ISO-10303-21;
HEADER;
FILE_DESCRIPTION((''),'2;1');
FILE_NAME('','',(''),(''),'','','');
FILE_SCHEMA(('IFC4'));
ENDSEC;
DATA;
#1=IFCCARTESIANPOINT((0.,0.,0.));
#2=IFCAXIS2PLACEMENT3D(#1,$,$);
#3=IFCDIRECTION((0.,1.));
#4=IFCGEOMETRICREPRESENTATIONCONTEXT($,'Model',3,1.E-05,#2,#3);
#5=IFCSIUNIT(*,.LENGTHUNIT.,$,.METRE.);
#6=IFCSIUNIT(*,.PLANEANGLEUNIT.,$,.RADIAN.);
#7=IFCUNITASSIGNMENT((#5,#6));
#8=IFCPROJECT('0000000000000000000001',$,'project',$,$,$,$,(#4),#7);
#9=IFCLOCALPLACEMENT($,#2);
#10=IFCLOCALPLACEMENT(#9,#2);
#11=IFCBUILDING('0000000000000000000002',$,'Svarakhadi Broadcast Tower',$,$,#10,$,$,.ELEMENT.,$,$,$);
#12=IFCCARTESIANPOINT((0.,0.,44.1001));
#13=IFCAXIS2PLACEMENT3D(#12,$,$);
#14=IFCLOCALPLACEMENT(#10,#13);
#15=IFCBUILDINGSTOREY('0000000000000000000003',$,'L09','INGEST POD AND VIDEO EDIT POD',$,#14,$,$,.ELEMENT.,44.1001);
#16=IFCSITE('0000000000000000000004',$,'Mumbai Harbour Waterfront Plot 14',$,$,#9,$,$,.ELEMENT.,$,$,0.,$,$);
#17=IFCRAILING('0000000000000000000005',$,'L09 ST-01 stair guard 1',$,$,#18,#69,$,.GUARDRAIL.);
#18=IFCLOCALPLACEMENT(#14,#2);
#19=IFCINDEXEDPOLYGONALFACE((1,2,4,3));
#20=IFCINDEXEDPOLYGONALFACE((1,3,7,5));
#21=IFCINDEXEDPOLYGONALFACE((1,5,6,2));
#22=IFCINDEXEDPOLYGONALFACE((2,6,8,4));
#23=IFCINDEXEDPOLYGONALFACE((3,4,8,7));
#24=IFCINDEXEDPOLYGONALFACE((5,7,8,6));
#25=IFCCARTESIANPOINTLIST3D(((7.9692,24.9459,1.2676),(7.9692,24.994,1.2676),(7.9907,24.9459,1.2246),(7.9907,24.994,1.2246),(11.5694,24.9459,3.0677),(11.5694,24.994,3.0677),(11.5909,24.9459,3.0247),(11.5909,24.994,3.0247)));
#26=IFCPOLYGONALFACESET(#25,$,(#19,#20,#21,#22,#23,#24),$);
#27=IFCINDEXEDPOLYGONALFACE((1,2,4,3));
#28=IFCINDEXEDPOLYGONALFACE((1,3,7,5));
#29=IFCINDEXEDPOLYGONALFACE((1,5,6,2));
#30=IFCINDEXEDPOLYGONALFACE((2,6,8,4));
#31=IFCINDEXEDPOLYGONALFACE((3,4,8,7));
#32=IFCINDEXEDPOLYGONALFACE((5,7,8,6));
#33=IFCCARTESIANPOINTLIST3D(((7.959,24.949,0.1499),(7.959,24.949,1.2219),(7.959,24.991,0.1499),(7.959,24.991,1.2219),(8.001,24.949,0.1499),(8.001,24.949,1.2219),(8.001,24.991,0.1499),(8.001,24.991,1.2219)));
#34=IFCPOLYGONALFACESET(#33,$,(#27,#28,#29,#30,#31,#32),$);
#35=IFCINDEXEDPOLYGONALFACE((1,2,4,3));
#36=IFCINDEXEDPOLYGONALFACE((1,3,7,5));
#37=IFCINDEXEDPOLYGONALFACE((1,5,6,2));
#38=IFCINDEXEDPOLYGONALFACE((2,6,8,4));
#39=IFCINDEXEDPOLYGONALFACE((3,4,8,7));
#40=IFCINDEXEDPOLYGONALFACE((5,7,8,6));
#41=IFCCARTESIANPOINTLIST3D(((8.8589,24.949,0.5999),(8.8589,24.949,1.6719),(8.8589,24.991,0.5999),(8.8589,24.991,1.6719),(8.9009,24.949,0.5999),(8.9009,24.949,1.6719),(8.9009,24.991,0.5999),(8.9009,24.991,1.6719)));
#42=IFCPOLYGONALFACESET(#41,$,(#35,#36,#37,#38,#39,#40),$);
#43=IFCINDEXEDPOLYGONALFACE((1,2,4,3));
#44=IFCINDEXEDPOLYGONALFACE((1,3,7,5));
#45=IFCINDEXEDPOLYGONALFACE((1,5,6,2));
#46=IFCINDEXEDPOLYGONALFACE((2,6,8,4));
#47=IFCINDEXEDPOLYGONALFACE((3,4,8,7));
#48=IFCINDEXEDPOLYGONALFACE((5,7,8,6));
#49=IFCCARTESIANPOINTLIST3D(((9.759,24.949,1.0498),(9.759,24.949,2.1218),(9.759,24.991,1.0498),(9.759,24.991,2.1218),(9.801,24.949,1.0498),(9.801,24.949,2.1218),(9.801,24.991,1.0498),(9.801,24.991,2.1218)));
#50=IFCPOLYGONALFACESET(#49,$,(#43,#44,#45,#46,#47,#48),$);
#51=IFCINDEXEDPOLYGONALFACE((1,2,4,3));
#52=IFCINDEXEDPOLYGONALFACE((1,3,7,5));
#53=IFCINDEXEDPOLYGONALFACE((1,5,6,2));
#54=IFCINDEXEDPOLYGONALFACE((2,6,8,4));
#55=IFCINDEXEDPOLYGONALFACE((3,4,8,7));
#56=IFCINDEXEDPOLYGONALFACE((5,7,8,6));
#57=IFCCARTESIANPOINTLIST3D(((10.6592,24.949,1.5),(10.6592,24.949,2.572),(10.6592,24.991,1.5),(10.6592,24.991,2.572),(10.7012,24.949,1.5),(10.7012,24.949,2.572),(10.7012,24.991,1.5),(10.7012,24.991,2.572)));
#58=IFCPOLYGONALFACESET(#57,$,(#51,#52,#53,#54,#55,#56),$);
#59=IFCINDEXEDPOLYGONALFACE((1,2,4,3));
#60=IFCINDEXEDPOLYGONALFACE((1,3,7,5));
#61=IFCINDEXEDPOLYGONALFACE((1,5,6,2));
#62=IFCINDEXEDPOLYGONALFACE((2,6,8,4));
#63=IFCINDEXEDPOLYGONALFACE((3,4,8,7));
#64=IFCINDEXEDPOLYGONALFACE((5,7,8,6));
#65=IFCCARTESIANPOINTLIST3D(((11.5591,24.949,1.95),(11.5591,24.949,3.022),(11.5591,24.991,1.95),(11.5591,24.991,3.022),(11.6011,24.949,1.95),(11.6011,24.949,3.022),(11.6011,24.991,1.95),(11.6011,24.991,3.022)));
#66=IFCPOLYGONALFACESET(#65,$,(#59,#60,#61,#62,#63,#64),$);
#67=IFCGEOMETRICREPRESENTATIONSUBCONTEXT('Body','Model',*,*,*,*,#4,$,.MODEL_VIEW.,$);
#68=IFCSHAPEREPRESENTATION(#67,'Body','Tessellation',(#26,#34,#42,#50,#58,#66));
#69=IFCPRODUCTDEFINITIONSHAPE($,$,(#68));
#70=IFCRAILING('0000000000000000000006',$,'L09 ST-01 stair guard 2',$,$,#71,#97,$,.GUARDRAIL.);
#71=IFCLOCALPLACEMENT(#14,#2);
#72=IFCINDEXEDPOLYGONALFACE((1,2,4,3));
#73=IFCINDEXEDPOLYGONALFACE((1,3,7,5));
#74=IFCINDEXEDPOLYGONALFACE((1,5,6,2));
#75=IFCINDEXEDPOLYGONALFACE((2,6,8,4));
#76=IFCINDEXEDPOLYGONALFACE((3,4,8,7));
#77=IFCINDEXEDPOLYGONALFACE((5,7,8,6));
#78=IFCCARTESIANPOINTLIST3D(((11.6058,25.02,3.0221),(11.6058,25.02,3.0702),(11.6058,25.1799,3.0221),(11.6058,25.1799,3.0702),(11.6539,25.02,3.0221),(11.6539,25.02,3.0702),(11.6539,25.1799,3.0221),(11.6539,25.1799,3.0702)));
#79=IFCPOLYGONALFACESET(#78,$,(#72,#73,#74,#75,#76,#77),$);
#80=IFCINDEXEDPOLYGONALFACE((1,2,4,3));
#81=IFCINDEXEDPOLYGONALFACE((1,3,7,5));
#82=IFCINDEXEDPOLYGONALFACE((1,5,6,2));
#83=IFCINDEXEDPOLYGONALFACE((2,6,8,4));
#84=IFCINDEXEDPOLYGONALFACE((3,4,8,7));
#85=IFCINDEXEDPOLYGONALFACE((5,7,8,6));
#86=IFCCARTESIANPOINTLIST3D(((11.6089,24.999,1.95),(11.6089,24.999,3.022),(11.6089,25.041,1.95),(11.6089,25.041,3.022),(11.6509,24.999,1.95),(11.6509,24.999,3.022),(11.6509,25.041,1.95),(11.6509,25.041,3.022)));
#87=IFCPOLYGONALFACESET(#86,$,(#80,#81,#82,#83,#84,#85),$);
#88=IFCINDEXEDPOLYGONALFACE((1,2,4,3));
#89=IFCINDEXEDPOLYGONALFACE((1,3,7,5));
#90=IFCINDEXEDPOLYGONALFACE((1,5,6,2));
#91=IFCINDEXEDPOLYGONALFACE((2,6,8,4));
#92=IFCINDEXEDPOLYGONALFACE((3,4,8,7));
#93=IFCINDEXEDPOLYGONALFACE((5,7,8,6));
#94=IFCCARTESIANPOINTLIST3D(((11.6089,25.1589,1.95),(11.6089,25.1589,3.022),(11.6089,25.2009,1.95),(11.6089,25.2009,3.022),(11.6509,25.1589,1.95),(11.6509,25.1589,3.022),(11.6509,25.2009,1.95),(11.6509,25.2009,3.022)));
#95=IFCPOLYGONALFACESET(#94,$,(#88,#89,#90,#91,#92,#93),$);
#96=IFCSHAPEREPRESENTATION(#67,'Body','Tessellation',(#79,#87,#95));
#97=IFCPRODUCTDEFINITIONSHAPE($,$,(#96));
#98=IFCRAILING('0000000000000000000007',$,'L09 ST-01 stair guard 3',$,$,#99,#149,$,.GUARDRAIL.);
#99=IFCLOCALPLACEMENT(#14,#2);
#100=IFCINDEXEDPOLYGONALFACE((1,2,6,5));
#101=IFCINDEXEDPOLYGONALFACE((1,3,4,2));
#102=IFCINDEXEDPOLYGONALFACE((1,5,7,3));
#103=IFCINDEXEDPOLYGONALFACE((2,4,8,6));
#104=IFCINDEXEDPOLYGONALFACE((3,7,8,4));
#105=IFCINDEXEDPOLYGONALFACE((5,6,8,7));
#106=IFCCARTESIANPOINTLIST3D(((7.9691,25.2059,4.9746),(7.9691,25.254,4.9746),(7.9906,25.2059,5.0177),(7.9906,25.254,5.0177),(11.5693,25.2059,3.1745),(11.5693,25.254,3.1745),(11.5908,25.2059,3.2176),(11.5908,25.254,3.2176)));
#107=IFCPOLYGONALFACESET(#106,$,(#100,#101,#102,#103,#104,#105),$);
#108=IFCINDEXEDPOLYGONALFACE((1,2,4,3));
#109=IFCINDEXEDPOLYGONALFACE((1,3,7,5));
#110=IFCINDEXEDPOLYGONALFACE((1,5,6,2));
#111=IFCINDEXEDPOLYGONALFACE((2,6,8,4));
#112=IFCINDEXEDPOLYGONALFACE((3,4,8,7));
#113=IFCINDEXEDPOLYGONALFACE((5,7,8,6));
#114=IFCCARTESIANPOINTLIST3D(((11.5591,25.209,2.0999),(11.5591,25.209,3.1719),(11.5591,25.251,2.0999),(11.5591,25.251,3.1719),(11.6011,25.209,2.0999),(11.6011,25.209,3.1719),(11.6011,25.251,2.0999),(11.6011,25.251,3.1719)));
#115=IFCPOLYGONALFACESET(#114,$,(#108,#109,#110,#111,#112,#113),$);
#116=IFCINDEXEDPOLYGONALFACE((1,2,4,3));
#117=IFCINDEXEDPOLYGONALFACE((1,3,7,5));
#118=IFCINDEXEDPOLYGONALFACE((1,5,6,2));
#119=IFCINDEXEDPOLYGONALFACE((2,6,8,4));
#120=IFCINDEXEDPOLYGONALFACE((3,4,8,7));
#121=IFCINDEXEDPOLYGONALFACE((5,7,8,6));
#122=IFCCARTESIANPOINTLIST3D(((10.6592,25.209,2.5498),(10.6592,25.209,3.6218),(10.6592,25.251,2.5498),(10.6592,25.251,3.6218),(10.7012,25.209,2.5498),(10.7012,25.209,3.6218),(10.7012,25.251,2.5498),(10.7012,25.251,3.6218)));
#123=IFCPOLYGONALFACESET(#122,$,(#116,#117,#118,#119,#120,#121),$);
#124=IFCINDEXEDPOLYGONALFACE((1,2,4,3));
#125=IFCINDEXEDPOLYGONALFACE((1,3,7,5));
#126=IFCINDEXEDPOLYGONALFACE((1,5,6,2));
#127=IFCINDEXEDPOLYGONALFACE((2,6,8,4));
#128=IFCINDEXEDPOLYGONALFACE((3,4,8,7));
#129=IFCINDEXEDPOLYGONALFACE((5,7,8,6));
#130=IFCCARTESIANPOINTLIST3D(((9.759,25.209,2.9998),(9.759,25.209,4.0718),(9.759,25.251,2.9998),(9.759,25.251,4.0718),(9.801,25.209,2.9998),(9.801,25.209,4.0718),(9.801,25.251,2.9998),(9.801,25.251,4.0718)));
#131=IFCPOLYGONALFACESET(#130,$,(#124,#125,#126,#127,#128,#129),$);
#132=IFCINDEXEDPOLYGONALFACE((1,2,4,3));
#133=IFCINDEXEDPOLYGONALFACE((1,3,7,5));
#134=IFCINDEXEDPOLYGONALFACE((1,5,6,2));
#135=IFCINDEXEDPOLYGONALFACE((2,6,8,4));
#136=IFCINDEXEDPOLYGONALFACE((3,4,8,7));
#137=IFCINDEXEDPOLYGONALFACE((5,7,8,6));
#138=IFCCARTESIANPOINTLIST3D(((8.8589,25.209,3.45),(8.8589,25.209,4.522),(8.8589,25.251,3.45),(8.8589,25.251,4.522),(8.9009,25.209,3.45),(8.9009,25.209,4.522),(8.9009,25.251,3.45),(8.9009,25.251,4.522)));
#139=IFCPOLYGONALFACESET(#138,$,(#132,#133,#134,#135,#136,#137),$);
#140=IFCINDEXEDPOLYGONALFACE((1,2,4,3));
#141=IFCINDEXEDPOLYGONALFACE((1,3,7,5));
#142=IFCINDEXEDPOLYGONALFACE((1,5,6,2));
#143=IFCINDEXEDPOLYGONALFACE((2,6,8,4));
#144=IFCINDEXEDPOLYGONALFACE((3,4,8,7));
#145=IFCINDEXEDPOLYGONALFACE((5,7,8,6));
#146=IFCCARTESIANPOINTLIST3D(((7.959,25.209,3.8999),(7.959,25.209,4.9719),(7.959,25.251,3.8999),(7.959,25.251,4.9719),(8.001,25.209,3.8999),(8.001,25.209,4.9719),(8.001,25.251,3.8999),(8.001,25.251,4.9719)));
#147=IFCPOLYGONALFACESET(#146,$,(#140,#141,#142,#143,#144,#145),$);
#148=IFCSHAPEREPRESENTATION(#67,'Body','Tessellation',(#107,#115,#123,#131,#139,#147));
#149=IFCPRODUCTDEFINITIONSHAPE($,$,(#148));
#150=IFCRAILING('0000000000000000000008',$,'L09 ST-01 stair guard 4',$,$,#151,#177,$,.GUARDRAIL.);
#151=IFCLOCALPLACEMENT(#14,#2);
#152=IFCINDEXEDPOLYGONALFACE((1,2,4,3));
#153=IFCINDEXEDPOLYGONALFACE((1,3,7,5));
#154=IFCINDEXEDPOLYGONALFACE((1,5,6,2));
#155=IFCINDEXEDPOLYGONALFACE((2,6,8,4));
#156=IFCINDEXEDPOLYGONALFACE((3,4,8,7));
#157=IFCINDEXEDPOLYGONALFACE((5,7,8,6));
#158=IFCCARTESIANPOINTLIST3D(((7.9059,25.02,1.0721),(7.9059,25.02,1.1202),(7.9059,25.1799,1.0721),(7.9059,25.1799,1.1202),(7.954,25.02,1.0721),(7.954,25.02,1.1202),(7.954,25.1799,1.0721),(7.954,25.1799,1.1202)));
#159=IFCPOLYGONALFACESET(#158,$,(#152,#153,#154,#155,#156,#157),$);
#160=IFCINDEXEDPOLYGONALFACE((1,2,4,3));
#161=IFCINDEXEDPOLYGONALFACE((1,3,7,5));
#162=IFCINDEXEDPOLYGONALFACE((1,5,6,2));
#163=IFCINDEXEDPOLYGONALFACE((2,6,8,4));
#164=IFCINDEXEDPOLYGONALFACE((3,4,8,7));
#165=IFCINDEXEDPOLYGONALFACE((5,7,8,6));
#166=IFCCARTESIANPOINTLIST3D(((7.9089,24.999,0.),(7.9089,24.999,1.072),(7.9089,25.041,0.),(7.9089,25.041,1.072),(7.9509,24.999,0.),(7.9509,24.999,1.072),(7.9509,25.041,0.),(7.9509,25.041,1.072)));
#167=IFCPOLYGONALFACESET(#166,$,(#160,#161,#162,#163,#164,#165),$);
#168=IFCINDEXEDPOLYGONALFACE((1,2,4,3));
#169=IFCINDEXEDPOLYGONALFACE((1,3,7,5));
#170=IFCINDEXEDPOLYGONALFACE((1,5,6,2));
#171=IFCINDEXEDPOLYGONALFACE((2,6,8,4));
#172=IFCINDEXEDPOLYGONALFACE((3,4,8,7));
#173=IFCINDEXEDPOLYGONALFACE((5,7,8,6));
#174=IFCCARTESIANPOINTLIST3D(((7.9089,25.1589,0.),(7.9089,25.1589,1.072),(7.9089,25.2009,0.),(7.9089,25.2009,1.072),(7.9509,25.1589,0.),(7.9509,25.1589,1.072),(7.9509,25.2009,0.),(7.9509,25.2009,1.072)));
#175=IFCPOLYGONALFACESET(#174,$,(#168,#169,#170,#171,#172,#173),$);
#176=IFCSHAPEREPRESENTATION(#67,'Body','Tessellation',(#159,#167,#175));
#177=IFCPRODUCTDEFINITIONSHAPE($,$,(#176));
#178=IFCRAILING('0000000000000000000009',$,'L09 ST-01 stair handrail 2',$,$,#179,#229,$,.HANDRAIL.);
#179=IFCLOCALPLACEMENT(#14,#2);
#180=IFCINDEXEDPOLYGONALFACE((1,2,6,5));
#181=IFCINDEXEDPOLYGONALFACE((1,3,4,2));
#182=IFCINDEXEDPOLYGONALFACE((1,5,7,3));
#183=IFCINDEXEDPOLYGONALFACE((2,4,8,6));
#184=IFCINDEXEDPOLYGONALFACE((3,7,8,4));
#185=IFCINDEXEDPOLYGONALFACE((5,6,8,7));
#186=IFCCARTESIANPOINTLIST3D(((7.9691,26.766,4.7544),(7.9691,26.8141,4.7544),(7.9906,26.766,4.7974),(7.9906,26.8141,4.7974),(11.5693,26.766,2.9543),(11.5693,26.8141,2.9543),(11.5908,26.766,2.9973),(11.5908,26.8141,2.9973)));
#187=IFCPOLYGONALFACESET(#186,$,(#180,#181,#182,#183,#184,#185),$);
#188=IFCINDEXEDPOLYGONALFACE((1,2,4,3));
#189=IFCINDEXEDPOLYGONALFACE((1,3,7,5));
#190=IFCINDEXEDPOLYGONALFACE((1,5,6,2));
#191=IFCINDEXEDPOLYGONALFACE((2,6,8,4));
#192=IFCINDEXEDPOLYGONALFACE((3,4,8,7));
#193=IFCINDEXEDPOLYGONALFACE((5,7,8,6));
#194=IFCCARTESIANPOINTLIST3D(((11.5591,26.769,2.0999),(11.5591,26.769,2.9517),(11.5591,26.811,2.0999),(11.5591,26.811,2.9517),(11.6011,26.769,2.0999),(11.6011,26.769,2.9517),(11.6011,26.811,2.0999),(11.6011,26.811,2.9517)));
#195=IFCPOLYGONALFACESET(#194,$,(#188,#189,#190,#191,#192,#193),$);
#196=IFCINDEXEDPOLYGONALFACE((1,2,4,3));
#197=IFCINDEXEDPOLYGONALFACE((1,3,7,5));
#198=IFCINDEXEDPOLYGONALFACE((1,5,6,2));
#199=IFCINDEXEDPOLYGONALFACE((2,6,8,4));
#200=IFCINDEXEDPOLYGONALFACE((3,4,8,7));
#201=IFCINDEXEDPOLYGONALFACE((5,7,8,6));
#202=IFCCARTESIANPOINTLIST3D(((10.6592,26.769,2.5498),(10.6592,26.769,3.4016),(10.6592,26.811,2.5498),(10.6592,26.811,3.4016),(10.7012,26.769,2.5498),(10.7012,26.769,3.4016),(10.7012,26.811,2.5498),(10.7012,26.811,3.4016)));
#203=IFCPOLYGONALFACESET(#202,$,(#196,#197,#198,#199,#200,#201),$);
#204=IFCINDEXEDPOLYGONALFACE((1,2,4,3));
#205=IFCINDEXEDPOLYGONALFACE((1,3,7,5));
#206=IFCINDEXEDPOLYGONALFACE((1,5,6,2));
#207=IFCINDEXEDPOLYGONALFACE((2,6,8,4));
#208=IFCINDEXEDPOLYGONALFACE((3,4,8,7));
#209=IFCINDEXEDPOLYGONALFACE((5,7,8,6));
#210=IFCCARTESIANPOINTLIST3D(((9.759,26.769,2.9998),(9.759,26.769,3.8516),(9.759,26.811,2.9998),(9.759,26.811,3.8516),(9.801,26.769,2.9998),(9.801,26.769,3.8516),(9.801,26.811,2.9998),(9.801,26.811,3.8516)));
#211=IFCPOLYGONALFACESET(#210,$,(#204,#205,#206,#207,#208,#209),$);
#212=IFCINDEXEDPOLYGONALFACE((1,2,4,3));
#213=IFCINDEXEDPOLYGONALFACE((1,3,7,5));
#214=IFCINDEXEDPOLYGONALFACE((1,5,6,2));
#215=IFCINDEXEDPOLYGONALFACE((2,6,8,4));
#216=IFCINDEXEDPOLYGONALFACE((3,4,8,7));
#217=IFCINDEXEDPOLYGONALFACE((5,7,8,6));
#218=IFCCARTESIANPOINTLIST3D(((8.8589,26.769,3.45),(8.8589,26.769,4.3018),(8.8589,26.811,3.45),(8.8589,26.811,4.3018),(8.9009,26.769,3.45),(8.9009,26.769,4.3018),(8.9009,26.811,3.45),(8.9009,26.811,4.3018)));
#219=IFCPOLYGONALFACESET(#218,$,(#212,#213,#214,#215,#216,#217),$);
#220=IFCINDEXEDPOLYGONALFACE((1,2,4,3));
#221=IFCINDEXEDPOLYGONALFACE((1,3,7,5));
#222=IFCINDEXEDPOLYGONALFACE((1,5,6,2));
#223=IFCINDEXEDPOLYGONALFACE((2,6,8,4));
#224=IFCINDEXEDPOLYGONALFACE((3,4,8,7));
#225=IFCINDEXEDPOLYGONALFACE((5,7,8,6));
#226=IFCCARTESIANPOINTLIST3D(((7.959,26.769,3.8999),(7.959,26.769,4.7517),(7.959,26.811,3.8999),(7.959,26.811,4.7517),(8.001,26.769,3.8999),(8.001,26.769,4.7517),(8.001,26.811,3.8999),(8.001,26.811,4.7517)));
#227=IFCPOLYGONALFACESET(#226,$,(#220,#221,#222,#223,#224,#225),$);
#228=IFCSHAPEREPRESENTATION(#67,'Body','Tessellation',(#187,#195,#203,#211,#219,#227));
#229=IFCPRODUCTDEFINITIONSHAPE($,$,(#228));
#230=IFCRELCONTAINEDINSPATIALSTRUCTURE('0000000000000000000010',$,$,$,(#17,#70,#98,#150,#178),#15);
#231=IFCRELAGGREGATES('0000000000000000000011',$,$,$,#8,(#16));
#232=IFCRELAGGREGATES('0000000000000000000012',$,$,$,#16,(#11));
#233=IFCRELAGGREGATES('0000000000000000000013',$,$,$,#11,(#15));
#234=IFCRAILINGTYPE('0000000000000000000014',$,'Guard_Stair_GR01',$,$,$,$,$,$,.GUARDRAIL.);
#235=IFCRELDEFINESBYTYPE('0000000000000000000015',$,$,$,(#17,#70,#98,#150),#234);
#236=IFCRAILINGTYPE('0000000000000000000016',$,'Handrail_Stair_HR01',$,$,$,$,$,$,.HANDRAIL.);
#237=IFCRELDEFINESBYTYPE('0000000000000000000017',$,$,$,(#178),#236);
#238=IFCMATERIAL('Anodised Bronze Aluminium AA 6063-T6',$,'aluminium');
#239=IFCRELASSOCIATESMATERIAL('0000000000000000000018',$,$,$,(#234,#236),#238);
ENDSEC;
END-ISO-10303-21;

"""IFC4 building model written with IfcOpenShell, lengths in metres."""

from ifc_helpers import new_model, si_unit, direction, frame, origin, origin_2d, place, context, subcontext, project, spatial, rectangle, extrude, material, type_object, element, save


model = new_model("IFC4")

# Units and contexts
model_context = context("Model", 3, precision=1e-05, world=origin(), true_north=direction((0.0, 1.0)))
body_context = subcontext(model_context, "Body", "Model", "MODEL_VIEW")
ifc_project = project(units=[si_unit("LENGTHUNIT", "METRE"), si_unit("PLANEANGLEUNIT", "RADIAN")], contexts=[model_context])

# Site, building, storey
site_placement = place(None, origin())
site = spatial("IfcSite", under=ifc_project, at=site_placement, Name="Mumbai Harbour Waterfront Plot 14", CompositionType="ELEMENT", RefElevation=0.0)
building_placement = place(site_placement, origin())
building = spatial("IfcBuilding", under=site, at=building_placement, Name="Svarakhadi Broadcast Tower", CompositionType="ELEMENT")
storey_placement = place(building_placement, frame((0.0, 0.0, 44.1001)))
storey = spatial("IfcBuildingStorey", under=building, at=storey_placement, Name="L09", Description="INGEST POD AND VIDEO EDIT POD", CompositionType="ELEMENT", Elevation=44.1001)

# Railings
ifc_material_1 = material(Name="Anodised Bronze Aluminium AA 6063-T6", Category="aluminium")
railing_type_1 = type_object("IfcRailingType", Name="Guard_Stair_GR01", PredefinedType="GUARDRAIL", material=ifc_material_1)
railing_1_placement = place(storey_placement, frame((7.98, 24.97, 0.1499)))
element("IfcRailing", 1, at=railing_1_placement, inside=storey, type_object=railing_type_1, Name="L09 ST-01 stair guard 1", PredefinedType="GUARDRAIL", context=body_context, shape_type="SweptSolid", body=[
    extrude(rectangle(XDim=0.0481, YDim=0.0481, at=origin_2d()), frame((0.0, 0.0, 1.0962), z_axis=(0.894427, 0.0, 0.447214), x_axis=(0.0, 1.0, 0.0)), (0.0, 0.0, 1.0), 4.0251),
    extrude(rectangle(XDim=0.042, YDim=0.042, at=origin_2d()), origin(), (0.0, 0.0, 1.0), 1.072),
    extrude(rectangle(XDim=0.042, YDim=0.042, at=origin_2d()), frame((0.8999, 0.0, 0.45)), (0.0, 0.0, 1.0), 1.072),
    extrude(rectangle(XDim=0.042, YDim=0.042, at=origin_2d()), frame((1.8, 0.0, 0.8999)), (0.0, 0.0, 1.0), 1.072),
    extrude(rectangle(XDim=0.042, YDim=0.042, at=origin_2d()), frame((2.7002, 0.0, 1.3501)), (0.0, 0.0, 1.0), 1.072),
    extrude(rectangle(XDim=0.042, YDim=0.042, at=origin_2d()), frame((3.6001, 0.0, 1.8)), (0.0, 0.0, 1.0), 1.072),
])
railing_2_placement = place(storey_placement, frame((11.6299, 25.02, 1.95)))
element("IfcRailing", 2, at=railing_2_placement, inside=storey, type_object=railing_type_1, Name="L09 ST-01 stair guard 2", PredefinedType="GUARDRAIL", context=body_context, shape_type="SweptSolid", body=[
    extrude(rectangle(XDim=0.0481, YDim=0.0481, at=origin_2d()), frame((0.0, 0.0, 1.0962), z_axis=(0.0, 1.0, 0.0), x_axis=(-1.0, 0.0, 0.0)), (0.0, 0.0, 1.0), 0.1599),
    extrude(rectangle(XDim=0.042, YDim=0.042, at=origin_2d()), origin(), (0.0, 0.0, 1.0), 1.072),
    extrude(rectangle(XDim=0.042, YDim=0.042, at=origin_2d()), frame((0.0, 0.1599, 0.0)), (0.0, 0.0, 1.0), 1.072),
])
railing_3_placement = place(storey_placement, frame((11.5801, 25.23, 2.0999)))
element("IfcRailing", 3, at=railing_3_placement, inside=storey, type_object=railing_type_1, Name="L09 ST-01 stair guard 3", PredefinedType="GUARDRAIL", context=body_context, shape_type="SweptSolid", body=[
    extrude(rectangle(XDim=0.0481, YDim=0.0481, at=origin_2d()), frame((0.0, 0.0, 1.0962), z_axis=(-0.894427, 0.0, 0.447214), x_axis=(0.0, -1.0, 0.0)), (0.0, 0.0, 1.0), 4.0251),
    extrude(rectangle(XDim=0.042, YDim=0.042, at=origin_2d()), origin(), (0.0, 0.0, 1.0), 1.072),
    extrude(rectangle(XDim=0.042, YDim=0.042, at=origin_2d()), frame((-0.8999, 0.0, 0.45)), (0.0, 0.0, 1.0), 1.072),
    extrude(rectangle(XDim=0.042, YDim=0.042, at=origin_2d()), frame((-1.8, 0.0, 0.8999)), (0.0, 0.0, 1.0), 1.072),
    extrude(rectangle(XDim=0.042, YDim=0.042, at=origin_2d()), frame((-2.7002, 0.0, 1.3501)), (0.0, 0.0, 1.0), 1.072),
    extrude(rectangle(XDim=0.042, YDim=0.042, at=origin_2d()), frame((-3.6001, 0.0, 1.8)), (0.0, 0.0, 1.0), 1.072),
])
railing_4_placement = place(storey_placement, frame((7.9299, 25.02, 0.0)))
element("IfcRailing", 4, at=railing_4_placement, inside=storey, type_object=railing_type_1, Name="L09 ST-01 stair guard 4", PredefinedType="GUARDRAIL", context=body_context, shape_type="SweptSolid", body=[
    extrude(rectangle(XDim=0.0481, YDim=0.0481, at=origin_2d()), frame((0.0, 0.0, 1.0962), z_axis=(0.0, 1.0, 0.0), x_axis=(-1.0, 0.0, 0.0)), (0.0, 0.0, 1.0), 0.1599),
    extrude(rectangle(XDim=0.042, YDim=0.042, at=origin_2d()), origin(), (0.0, 0.0, 1.0), 1.072),
    extrude(rectangle(XDim=0.042, YDim=0.042, at=origin_2d()), frame((0.0, 0.1599, 0.0)), (0.0, 0.0, 1.0), 1.072),
])
railing_type_2 = type_object("IfcRailingType", Name="Handrail_Stair_HR01", PredefinedType="HANDRAIL", material=ifc_material_1)
railing_5_placement = place(storey_placement, frame((11.5801, 26.79, 2.0999)))
element("IfcRailing", 5, at=railing_5_placement, inside=storey, type_object=railing_type_2, Name="L09 ST-01 stair handrail 2", PredefinedType="HANDRAIL", context=body_context, shape_type="SweptSolid", body=[
    extrude(rectangle(XDim=0.0481, YDim=0.0481, at=origin_2d()), frame((0.0, 0.0, 0.876), z_axis=(-0.894427, 0.0, 0.447214), x_axis=(0.0, -1.0, 0.0)), (0.0, 0.0, 1.0), 4.0251),
    extrude(rectangle(XDim=0.042, YDim=0.042, at=origin_2d()), origin(), (0.0, 0.0, 1.0), 0.8518),
    extrude(rectangle(XDim=0.042, YDim=0.042, at=origin_2d()), frame((-0.8999, 0.0, 0.45)), (0.0, 0.0, 1.0), 0.8518),
    extrude(rectangle(XDim=0.042, YDim=0.042, at=origin_2d()), frame((-1.8, 0.0, 0.8999)), (0.0, 0.0, 1.0), 0.8518),
    extrude(rectangle(XDim=0.042, YDim=0.042, at=origin_2d()), frame((-2.7002, 0.0, 1.3501)), (0.0, 0.0, 1.0), 0.8518),
    extrude(rectangle(XDim=0.042, YDim=0.042, at=origin_2d()), frame((-3.6001, 0.0, 1.8)), (0.0, 0.0, 1.0), 0.8518),
])

save(model, "model.ifc")
